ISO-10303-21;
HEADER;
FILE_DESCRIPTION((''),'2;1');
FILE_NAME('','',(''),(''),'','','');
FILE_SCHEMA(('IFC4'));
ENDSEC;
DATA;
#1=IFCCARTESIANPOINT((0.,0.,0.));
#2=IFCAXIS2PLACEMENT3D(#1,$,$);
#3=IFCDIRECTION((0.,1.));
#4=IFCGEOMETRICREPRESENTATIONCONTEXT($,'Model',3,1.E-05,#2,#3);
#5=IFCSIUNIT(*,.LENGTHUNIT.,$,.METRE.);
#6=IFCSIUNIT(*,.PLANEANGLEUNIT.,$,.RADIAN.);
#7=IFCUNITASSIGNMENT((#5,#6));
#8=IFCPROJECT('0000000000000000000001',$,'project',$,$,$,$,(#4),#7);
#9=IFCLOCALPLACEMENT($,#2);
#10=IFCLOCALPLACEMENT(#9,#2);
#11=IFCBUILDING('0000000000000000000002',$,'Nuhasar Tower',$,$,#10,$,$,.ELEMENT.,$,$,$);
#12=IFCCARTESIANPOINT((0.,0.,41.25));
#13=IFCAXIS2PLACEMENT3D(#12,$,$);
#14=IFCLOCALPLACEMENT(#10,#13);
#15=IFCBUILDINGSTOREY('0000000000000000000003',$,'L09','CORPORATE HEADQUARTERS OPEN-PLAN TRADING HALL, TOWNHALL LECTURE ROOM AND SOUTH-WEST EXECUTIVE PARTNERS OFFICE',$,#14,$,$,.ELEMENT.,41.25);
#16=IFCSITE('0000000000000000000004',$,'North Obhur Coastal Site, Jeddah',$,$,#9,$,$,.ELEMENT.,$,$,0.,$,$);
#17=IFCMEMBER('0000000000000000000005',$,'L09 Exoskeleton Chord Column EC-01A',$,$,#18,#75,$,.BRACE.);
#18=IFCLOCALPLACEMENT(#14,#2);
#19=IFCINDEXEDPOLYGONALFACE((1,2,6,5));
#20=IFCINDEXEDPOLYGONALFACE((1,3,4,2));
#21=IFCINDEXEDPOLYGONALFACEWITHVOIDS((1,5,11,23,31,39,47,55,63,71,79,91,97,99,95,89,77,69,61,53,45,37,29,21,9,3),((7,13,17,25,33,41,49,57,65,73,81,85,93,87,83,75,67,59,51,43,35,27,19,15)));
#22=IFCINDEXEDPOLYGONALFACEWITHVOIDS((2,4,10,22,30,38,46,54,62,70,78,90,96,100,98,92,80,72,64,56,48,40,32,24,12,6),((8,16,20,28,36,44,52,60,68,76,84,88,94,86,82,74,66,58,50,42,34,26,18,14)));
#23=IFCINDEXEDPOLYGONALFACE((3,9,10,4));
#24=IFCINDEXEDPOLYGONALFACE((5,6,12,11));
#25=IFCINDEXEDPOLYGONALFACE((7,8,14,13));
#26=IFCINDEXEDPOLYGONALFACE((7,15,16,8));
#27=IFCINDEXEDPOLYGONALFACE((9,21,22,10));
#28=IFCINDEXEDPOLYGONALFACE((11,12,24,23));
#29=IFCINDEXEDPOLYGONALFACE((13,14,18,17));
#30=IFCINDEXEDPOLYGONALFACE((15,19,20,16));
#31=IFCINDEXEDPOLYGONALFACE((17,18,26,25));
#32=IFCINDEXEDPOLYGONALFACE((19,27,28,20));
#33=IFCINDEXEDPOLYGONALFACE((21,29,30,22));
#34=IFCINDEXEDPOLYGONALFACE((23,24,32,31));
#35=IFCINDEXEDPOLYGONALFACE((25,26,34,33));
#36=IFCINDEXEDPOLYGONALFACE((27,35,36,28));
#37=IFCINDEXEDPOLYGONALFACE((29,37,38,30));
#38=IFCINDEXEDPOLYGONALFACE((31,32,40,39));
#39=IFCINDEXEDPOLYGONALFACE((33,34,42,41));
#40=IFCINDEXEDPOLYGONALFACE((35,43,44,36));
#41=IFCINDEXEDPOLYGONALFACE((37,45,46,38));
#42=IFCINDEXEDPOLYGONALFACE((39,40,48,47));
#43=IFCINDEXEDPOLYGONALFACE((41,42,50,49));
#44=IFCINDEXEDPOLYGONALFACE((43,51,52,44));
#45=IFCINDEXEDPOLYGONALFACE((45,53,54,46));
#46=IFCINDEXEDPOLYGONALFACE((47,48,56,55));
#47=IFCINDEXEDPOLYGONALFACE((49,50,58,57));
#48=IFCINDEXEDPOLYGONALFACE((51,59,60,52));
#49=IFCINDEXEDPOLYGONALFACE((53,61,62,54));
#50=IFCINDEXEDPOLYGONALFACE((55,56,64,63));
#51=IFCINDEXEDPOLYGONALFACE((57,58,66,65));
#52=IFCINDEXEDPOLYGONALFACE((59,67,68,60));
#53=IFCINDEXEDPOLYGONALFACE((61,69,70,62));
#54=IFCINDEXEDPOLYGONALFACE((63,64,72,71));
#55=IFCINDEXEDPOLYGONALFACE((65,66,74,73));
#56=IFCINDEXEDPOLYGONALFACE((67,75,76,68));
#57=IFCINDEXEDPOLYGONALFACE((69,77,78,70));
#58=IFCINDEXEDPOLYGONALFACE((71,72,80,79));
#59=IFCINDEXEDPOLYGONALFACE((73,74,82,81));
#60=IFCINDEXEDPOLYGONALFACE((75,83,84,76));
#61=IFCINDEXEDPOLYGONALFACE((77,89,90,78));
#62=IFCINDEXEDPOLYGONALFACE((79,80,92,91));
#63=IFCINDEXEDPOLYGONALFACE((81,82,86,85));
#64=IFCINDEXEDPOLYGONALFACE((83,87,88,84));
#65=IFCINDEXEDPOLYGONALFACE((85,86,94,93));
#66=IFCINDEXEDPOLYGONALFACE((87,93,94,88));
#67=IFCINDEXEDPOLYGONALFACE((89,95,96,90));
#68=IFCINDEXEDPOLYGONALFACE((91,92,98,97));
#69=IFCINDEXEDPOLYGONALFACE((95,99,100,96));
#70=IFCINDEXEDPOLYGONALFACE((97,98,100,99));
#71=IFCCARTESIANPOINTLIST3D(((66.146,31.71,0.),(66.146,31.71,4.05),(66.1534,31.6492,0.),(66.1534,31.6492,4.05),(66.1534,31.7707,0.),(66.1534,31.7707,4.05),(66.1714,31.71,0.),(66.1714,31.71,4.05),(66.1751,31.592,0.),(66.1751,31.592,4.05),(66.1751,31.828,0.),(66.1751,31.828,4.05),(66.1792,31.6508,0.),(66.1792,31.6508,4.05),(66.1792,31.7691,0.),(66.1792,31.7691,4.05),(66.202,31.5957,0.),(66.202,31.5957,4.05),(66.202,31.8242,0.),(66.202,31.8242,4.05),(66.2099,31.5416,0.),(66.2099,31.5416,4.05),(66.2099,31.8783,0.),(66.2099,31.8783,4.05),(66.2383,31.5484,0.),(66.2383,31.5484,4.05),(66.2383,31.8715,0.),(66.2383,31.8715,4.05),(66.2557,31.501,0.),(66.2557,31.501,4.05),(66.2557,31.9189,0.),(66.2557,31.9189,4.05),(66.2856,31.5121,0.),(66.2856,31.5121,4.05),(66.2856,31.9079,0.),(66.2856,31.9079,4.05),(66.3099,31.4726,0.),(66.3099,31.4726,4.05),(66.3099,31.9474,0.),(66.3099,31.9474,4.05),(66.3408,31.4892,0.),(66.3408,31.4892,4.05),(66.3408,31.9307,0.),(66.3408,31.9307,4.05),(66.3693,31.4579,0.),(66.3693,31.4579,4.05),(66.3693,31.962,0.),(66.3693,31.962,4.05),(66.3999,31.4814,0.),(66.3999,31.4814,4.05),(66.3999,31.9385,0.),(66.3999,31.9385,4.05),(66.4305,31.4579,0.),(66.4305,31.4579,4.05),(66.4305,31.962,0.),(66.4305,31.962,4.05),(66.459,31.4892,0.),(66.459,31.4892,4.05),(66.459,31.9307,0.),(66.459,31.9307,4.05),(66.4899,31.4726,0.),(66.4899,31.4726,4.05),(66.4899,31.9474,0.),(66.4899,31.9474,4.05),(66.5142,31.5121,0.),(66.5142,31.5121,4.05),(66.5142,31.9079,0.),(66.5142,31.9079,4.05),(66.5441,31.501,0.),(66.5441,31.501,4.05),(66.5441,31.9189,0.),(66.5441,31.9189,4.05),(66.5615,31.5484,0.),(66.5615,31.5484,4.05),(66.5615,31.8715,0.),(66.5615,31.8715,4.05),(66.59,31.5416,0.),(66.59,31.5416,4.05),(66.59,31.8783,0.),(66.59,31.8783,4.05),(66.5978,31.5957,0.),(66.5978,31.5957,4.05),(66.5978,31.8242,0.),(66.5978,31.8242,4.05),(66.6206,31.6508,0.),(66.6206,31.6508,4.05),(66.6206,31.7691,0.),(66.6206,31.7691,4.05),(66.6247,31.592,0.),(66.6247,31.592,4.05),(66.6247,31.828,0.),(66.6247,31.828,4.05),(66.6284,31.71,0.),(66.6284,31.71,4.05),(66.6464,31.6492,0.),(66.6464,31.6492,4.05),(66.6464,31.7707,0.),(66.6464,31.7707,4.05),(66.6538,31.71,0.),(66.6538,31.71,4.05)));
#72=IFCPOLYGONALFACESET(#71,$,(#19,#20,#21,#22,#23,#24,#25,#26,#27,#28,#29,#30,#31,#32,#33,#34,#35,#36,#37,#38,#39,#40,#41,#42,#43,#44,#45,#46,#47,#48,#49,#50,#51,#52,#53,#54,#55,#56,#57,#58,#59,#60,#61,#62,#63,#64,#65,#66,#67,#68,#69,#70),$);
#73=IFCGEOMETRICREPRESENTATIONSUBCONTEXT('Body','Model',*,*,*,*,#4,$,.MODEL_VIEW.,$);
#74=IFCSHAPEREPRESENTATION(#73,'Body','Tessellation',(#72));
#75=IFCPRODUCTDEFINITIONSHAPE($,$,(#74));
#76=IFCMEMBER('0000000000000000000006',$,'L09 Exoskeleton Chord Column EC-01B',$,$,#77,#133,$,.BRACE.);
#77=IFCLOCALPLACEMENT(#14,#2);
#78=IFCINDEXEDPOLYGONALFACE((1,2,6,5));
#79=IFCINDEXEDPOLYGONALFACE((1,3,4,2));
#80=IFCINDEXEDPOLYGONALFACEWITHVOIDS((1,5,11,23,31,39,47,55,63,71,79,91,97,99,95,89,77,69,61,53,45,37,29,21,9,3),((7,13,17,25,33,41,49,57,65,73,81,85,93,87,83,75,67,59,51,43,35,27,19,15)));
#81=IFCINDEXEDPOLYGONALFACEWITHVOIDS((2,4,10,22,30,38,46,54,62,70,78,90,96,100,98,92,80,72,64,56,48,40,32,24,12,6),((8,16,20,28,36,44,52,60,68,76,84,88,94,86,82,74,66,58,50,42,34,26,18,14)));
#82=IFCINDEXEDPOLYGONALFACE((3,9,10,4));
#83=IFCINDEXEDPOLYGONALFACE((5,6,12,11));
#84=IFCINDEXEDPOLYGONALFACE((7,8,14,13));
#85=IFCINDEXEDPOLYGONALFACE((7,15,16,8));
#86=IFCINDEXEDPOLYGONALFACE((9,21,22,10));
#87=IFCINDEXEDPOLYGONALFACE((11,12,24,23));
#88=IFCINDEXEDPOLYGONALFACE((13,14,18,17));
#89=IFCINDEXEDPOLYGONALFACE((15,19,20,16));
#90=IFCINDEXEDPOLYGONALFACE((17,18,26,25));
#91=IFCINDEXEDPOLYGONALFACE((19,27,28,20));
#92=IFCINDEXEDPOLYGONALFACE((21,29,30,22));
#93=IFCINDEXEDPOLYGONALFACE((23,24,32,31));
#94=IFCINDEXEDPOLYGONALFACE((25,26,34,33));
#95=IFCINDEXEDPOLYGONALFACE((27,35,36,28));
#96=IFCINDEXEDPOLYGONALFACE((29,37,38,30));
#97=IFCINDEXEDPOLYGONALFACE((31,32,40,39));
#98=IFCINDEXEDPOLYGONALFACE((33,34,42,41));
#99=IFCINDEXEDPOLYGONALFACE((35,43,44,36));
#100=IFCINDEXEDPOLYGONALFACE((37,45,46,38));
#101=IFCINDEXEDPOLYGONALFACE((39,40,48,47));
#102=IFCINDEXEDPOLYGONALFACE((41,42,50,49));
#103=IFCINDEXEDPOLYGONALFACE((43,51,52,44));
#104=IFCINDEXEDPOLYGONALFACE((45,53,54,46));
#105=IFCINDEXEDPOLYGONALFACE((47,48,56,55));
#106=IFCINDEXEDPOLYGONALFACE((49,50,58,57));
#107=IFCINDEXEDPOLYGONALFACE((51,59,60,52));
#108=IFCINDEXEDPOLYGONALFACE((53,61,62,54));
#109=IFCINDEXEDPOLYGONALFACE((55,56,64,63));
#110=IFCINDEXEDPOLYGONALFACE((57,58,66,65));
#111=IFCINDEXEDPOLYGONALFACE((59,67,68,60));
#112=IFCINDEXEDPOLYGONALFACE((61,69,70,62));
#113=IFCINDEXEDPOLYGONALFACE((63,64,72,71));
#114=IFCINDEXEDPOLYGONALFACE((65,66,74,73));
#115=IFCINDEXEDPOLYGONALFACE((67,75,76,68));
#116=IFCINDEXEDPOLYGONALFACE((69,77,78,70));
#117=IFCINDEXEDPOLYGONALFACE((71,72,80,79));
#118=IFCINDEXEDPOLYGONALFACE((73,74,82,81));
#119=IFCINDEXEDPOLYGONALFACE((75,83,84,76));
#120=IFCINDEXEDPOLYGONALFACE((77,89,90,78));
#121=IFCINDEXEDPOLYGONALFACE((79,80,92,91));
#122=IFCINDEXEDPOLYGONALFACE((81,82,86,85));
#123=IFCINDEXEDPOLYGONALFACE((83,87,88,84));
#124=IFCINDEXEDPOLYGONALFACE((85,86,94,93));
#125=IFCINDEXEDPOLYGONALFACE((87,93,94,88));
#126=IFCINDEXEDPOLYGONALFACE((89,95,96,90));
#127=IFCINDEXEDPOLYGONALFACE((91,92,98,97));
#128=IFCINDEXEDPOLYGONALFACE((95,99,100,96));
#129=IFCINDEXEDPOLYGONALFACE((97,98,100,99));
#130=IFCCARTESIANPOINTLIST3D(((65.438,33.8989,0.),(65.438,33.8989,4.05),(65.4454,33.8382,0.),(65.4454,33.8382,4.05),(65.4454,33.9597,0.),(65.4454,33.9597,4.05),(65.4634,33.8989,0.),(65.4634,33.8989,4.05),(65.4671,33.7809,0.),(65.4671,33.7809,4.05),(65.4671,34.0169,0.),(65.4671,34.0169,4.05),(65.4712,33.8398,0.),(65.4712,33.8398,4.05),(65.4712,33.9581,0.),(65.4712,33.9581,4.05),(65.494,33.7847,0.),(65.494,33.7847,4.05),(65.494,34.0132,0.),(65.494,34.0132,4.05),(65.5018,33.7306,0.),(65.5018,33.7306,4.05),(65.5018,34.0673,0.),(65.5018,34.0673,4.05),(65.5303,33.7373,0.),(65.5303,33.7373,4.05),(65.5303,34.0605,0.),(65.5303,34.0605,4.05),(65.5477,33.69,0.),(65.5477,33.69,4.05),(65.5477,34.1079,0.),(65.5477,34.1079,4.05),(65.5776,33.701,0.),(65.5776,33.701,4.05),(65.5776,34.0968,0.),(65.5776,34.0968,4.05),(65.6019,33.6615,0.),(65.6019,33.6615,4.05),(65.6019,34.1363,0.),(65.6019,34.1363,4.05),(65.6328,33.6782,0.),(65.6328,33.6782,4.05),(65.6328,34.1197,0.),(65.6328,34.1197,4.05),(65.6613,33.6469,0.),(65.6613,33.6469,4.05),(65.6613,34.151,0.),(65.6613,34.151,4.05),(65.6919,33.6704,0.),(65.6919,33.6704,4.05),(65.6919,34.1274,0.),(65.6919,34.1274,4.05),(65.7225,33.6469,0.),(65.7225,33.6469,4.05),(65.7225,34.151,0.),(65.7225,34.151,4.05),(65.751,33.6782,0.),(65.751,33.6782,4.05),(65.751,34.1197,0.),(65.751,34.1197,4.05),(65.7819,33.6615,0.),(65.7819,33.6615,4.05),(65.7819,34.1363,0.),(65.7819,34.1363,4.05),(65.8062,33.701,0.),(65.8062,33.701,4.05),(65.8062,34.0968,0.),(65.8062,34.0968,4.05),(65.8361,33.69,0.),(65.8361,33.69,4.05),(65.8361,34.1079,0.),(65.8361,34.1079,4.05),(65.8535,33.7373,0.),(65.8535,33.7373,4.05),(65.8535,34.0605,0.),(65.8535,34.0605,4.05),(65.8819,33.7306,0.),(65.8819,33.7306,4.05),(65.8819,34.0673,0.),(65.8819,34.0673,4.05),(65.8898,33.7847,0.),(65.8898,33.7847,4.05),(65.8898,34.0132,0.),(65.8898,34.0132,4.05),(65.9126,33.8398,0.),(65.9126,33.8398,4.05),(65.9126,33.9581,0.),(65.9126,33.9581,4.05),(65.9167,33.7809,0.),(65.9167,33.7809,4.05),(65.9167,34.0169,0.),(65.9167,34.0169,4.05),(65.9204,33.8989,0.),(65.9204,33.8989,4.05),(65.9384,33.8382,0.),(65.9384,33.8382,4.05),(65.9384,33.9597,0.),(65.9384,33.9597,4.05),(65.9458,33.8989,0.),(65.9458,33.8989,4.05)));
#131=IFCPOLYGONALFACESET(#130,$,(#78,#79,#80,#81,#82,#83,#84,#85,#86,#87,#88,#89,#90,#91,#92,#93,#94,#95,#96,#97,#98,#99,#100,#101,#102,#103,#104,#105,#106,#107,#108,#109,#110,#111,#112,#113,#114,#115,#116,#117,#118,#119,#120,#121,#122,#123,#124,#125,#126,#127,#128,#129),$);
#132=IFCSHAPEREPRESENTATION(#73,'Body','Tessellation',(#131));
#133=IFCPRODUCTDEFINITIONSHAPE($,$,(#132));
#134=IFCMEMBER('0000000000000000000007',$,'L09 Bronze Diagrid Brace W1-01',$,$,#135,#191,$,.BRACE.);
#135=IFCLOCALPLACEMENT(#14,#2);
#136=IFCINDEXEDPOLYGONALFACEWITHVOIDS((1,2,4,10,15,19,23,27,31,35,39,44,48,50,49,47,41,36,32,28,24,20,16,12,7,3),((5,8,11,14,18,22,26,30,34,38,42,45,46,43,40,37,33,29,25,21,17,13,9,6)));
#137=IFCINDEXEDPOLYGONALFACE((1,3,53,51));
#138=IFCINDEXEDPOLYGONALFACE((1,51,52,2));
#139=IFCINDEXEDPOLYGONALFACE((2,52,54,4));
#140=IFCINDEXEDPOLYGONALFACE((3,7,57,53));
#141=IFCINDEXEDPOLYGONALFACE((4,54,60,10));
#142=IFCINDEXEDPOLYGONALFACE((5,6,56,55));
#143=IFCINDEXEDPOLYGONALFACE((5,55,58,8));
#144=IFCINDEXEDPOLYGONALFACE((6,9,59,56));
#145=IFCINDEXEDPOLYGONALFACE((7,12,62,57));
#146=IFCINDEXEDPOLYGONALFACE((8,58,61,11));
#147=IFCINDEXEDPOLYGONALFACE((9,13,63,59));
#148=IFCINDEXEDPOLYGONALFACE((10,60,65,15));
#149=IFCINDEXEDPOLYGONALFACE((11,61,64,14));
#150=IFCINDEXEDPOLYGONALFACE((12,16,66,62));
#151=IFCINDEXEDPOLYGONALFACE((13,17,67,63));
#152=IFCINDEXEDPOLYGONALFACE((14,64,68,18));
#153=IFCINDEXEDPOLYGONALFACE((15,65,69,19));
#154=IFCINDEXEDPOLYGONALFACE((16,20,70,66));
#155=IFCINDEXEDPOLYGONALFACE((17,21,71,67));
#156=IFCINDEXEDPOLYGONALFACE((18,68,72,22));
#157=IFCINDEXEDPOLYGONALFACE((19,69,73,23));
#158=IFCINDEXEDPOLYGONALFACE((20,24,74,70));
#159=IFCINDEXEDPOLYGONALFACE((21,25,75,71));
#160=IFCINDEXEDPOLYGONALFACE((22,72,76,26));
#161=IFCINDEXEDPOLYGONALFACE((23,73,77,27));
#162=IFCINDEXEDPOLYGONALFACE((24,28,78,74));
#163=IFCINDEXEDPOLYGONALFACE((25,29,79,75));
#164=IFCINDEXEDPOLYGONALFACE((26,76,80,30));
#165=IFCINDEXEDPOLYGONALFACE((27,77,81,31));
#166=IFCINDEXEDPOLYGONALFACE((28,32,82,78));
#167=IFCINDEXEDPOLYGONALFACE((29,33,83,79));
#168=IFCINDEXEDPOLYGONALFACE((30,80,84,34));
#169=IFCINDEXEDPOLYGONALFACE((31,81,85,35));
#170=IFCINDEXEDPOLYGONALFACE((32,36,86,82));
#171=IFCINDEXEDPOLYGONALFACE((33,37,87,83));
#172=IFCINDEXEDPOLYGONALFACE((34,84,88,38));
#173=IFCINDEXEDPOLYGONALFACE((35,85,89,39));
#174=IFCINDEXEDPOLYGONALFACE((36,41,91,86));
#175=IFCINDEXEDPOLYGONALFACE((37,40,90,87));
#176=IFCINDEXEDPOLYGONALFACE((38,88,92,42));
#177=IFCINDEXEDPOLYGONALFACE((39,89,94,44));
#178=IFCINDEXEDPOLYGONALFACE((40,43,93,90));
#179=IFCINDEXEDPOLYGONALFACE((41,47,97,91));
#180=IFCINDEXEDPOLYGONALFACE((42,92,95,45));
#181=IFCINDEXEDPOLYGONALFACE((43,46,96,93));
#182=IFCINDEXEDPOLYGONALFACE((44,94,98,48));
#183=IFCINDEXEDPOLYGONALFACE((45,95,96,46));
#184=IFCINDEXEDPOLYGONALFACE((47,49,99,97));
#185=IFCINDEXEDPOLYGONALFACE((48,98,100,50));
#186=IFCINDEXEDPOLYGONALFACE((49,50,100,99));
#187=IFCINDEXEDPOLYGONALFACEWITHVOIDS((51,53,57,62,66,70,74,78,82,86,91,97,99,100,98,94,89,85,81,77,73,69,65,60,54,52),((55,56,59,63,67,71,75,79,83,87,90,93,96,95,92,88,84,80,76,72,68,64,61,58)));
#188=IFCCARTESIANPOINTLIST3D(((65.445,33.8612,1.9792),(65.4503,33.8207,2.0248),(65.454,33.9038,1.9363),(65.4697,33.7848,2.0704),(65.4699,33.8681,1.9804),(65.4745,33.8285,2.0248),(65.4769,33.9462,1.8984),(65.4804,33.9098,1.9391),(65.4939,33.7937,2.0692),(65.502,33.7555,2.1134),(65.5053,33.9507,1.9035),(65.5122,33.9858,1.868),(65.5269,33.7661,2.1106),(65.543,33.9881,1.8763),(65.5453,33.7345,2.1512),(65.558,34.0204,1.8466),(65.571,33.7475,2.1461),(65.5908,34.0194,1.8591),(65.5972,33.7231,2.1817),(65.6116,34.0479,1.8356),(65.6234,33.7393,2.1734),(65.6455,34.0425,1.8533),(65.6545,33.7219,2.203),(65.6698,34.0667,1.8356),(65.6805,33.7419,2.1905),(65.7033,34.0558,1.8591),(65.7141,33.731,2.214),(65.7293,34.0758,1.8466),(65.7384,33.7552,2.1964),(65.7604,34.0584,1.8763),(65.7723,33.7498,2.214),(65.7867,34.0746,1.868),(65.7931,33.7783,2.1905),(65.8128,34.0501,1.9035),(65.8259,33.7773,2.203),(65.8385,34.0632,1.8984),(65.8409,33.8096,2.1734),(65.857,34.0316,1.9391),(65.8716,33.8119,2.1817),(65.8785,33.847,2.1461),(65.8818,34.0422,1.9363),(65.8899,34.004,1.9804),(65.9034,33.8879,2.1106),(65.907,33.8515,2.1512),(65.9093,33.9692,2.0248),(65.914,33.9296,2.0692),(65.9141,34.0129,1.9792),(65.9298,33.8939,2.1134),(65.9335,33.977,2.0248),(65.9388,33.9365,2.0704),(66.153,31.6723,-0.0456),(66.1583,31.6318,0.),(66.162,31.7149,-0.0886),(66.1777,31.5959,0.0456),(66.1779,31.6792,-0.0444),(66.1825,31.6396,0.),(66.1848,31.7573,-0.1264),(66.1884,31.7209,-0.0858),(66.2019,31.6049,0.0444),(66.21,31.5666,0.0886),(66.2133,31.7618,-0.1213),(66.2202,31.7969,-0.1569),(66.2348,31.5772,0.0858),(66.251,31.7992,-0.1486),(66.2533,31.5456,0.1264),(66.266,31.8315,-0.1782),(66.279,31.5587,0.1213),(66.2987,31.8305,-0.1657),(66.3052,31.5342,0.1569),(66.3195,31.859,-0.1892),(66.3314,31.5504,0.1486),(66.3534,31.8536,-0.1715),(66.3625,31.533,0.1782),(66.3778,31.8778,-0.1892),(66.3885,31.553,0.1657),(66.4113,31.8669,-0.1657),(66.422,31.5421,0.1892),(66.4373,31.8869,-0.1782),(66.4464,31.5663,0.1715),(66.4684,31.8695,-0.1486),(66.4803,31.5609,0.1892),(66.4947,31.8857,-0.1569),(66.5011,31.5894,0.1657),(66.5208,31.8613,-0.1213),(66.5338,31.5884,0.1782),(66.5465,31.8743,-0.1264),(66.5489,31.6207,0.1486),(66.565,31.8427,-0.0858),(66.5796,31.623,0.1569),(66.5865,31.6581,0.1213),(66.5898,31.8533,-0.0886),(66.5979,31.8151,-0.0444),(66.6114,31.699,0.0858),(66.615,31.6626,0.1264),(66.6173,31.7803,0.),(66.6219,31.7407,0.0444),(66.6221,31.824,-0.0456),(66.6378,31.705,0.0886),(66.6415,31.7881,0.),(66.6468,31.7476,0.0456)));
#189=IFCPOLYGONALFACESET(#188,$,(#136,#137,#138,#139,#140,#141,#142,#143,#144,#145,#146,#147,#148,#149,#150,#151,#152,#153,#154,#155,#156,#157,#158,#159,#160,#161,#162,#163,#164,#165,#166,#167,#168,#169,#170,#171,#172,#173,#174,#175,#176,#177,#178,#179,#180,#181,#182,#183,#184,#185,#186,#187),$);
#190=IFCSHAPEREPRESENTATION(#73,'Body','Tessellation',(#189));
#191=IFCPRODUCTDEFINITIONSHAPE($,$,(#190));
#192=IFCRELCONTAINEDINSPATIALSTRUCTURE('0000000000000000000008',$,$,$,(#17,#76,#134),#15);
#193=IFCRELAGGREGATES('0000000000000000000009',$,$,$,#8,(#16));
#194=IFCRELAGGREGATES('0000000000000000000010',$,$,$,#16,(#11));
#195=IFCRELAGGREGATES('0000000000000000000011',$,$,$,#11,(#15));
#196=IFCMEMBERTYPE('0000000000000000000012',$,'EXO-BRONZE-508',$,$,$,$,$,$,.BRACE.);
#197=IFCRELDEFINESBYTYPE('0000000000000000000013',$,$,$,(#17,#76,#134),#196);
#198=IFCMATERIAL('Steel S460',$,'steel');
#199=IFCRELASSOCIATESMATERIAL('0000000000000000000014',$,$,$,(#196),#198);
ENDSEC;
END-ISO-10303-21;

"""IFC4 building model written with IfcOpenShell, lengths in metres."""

from ifc_helpers import new_model, si_unit, direction, frame, origin, origin_2d, place, context, subcontext, project, spatial, hollow_circle, extrude, material, material_profile, profile_set, type_object, element, save


model = new_model("IFC4")

# Units and contexts
model_context = context("Model", 3, precision=1e-05, world=origin(), true_north=direction((0.0, 1.0)))
body_context = subcontext(model_context, "Body", "Model", "MODEL_VIEW")
ifc_project = project(units=[si_unit("LENGTHUNIT", "METRE"), si_unit("PLANEANGLEUNIT", "RADIAN")], contexts=[model_context])

# Site, building, storey
site_placement = place(None, origin())
site = spatial("IfcSite", under=ifc_project, at=site_placement, Name="North Obhur Coastal Site, Jeddah", CompositionType="ELEMENT", RefElevation=0.0)
building_placement = place(site_placement, origin())
building = spatial("IfcBuilding", under=site, at=building_placement, Name="Nuhasar Tower", CompositionType="ELEMENT")
storey_placement = place(building_placement, frame((0.0, 0.0, 41.25)))
storey = spatial("IfcBuildingStorey", under=building, at=storey_placement, Name="L09", Description="CORPORATE HEADQUARTERS OPEN-PLAN TRADING HALL, TOWNHALL LECTURE ROOM AND SOUTH-WEST EXECUTIVE PARTNERS OFFICE", CompositionType="ELEMENT", Elevation=41.25)

# Members
ifc_material_1 = material(Name="Steel S460", Category="steel")
ifc_material_profile_1 = material_profile(ifc_material_1, hollow_circle(Radius=0.2539, WallThickness=0.0254, at=origin_2d()), Name="HSS508X25.4")
ifc_profile_set_1 = profile_set([ifc_material_profile_1], Name="Steel S460")
member_type_1 = type_object("IfcMemberType", Name="EXO-BRONZE-508", PredefinedType="BRACE", material=ifc_profile_set_1)
for number, where, z_axis, x_axis, name in (
    (1, (66.3999, 31.71, 0.0), (0.0, 0.0, 1.0), (1.0, 0.0, 0.0), "L09 Exoskeleton Chord Column EC-01A"),
    (2, (65.6919, 33.8989, 0.0), (0.0, 0.0, 1.0), (1.0, 0.0, 0.0), "L09 Exoskeleton Chord Column EC-01B"),
):
    element("IfcMember", number, at=place(storey_placement, frame(where, z_axis=z_axis, x_axis=x_axis)), inside=storey, type_object=member_type_1, Name=name, PredefinedType="BRACE", context=body_context, shape_type="SweptSolid", body=[
        extrude(hollow_circle(Radius=0.2539, WallThickness=0.0254, at=origin_2d()), origin(), (0.0, 0.0, 1.0), 4.05),
    ])
member_1_placement = place(storey_placement, frame((66.3999, 31.71, 0.0), z_axis=(-0.231012, 0.714225, 0.660694), x_axis=(-0.951468, -0.307747, 0.0)))
element("IfcMember", 3, at=member_1_placement, inside=storey, type_object=member_type_1, Name="L09 Bronze Diagrid Brace W1-01", PredefinedType="BRACE", context=body_context, shape_type="SweptSolid", body=[
    extrude(hollow_circle(Radius=0.2539, WallThickness=0.0254, at=origin_2d()), origin(), (0.0, 0.0, 1.0), 3.0647),
])

save(model, "model.ifc")
